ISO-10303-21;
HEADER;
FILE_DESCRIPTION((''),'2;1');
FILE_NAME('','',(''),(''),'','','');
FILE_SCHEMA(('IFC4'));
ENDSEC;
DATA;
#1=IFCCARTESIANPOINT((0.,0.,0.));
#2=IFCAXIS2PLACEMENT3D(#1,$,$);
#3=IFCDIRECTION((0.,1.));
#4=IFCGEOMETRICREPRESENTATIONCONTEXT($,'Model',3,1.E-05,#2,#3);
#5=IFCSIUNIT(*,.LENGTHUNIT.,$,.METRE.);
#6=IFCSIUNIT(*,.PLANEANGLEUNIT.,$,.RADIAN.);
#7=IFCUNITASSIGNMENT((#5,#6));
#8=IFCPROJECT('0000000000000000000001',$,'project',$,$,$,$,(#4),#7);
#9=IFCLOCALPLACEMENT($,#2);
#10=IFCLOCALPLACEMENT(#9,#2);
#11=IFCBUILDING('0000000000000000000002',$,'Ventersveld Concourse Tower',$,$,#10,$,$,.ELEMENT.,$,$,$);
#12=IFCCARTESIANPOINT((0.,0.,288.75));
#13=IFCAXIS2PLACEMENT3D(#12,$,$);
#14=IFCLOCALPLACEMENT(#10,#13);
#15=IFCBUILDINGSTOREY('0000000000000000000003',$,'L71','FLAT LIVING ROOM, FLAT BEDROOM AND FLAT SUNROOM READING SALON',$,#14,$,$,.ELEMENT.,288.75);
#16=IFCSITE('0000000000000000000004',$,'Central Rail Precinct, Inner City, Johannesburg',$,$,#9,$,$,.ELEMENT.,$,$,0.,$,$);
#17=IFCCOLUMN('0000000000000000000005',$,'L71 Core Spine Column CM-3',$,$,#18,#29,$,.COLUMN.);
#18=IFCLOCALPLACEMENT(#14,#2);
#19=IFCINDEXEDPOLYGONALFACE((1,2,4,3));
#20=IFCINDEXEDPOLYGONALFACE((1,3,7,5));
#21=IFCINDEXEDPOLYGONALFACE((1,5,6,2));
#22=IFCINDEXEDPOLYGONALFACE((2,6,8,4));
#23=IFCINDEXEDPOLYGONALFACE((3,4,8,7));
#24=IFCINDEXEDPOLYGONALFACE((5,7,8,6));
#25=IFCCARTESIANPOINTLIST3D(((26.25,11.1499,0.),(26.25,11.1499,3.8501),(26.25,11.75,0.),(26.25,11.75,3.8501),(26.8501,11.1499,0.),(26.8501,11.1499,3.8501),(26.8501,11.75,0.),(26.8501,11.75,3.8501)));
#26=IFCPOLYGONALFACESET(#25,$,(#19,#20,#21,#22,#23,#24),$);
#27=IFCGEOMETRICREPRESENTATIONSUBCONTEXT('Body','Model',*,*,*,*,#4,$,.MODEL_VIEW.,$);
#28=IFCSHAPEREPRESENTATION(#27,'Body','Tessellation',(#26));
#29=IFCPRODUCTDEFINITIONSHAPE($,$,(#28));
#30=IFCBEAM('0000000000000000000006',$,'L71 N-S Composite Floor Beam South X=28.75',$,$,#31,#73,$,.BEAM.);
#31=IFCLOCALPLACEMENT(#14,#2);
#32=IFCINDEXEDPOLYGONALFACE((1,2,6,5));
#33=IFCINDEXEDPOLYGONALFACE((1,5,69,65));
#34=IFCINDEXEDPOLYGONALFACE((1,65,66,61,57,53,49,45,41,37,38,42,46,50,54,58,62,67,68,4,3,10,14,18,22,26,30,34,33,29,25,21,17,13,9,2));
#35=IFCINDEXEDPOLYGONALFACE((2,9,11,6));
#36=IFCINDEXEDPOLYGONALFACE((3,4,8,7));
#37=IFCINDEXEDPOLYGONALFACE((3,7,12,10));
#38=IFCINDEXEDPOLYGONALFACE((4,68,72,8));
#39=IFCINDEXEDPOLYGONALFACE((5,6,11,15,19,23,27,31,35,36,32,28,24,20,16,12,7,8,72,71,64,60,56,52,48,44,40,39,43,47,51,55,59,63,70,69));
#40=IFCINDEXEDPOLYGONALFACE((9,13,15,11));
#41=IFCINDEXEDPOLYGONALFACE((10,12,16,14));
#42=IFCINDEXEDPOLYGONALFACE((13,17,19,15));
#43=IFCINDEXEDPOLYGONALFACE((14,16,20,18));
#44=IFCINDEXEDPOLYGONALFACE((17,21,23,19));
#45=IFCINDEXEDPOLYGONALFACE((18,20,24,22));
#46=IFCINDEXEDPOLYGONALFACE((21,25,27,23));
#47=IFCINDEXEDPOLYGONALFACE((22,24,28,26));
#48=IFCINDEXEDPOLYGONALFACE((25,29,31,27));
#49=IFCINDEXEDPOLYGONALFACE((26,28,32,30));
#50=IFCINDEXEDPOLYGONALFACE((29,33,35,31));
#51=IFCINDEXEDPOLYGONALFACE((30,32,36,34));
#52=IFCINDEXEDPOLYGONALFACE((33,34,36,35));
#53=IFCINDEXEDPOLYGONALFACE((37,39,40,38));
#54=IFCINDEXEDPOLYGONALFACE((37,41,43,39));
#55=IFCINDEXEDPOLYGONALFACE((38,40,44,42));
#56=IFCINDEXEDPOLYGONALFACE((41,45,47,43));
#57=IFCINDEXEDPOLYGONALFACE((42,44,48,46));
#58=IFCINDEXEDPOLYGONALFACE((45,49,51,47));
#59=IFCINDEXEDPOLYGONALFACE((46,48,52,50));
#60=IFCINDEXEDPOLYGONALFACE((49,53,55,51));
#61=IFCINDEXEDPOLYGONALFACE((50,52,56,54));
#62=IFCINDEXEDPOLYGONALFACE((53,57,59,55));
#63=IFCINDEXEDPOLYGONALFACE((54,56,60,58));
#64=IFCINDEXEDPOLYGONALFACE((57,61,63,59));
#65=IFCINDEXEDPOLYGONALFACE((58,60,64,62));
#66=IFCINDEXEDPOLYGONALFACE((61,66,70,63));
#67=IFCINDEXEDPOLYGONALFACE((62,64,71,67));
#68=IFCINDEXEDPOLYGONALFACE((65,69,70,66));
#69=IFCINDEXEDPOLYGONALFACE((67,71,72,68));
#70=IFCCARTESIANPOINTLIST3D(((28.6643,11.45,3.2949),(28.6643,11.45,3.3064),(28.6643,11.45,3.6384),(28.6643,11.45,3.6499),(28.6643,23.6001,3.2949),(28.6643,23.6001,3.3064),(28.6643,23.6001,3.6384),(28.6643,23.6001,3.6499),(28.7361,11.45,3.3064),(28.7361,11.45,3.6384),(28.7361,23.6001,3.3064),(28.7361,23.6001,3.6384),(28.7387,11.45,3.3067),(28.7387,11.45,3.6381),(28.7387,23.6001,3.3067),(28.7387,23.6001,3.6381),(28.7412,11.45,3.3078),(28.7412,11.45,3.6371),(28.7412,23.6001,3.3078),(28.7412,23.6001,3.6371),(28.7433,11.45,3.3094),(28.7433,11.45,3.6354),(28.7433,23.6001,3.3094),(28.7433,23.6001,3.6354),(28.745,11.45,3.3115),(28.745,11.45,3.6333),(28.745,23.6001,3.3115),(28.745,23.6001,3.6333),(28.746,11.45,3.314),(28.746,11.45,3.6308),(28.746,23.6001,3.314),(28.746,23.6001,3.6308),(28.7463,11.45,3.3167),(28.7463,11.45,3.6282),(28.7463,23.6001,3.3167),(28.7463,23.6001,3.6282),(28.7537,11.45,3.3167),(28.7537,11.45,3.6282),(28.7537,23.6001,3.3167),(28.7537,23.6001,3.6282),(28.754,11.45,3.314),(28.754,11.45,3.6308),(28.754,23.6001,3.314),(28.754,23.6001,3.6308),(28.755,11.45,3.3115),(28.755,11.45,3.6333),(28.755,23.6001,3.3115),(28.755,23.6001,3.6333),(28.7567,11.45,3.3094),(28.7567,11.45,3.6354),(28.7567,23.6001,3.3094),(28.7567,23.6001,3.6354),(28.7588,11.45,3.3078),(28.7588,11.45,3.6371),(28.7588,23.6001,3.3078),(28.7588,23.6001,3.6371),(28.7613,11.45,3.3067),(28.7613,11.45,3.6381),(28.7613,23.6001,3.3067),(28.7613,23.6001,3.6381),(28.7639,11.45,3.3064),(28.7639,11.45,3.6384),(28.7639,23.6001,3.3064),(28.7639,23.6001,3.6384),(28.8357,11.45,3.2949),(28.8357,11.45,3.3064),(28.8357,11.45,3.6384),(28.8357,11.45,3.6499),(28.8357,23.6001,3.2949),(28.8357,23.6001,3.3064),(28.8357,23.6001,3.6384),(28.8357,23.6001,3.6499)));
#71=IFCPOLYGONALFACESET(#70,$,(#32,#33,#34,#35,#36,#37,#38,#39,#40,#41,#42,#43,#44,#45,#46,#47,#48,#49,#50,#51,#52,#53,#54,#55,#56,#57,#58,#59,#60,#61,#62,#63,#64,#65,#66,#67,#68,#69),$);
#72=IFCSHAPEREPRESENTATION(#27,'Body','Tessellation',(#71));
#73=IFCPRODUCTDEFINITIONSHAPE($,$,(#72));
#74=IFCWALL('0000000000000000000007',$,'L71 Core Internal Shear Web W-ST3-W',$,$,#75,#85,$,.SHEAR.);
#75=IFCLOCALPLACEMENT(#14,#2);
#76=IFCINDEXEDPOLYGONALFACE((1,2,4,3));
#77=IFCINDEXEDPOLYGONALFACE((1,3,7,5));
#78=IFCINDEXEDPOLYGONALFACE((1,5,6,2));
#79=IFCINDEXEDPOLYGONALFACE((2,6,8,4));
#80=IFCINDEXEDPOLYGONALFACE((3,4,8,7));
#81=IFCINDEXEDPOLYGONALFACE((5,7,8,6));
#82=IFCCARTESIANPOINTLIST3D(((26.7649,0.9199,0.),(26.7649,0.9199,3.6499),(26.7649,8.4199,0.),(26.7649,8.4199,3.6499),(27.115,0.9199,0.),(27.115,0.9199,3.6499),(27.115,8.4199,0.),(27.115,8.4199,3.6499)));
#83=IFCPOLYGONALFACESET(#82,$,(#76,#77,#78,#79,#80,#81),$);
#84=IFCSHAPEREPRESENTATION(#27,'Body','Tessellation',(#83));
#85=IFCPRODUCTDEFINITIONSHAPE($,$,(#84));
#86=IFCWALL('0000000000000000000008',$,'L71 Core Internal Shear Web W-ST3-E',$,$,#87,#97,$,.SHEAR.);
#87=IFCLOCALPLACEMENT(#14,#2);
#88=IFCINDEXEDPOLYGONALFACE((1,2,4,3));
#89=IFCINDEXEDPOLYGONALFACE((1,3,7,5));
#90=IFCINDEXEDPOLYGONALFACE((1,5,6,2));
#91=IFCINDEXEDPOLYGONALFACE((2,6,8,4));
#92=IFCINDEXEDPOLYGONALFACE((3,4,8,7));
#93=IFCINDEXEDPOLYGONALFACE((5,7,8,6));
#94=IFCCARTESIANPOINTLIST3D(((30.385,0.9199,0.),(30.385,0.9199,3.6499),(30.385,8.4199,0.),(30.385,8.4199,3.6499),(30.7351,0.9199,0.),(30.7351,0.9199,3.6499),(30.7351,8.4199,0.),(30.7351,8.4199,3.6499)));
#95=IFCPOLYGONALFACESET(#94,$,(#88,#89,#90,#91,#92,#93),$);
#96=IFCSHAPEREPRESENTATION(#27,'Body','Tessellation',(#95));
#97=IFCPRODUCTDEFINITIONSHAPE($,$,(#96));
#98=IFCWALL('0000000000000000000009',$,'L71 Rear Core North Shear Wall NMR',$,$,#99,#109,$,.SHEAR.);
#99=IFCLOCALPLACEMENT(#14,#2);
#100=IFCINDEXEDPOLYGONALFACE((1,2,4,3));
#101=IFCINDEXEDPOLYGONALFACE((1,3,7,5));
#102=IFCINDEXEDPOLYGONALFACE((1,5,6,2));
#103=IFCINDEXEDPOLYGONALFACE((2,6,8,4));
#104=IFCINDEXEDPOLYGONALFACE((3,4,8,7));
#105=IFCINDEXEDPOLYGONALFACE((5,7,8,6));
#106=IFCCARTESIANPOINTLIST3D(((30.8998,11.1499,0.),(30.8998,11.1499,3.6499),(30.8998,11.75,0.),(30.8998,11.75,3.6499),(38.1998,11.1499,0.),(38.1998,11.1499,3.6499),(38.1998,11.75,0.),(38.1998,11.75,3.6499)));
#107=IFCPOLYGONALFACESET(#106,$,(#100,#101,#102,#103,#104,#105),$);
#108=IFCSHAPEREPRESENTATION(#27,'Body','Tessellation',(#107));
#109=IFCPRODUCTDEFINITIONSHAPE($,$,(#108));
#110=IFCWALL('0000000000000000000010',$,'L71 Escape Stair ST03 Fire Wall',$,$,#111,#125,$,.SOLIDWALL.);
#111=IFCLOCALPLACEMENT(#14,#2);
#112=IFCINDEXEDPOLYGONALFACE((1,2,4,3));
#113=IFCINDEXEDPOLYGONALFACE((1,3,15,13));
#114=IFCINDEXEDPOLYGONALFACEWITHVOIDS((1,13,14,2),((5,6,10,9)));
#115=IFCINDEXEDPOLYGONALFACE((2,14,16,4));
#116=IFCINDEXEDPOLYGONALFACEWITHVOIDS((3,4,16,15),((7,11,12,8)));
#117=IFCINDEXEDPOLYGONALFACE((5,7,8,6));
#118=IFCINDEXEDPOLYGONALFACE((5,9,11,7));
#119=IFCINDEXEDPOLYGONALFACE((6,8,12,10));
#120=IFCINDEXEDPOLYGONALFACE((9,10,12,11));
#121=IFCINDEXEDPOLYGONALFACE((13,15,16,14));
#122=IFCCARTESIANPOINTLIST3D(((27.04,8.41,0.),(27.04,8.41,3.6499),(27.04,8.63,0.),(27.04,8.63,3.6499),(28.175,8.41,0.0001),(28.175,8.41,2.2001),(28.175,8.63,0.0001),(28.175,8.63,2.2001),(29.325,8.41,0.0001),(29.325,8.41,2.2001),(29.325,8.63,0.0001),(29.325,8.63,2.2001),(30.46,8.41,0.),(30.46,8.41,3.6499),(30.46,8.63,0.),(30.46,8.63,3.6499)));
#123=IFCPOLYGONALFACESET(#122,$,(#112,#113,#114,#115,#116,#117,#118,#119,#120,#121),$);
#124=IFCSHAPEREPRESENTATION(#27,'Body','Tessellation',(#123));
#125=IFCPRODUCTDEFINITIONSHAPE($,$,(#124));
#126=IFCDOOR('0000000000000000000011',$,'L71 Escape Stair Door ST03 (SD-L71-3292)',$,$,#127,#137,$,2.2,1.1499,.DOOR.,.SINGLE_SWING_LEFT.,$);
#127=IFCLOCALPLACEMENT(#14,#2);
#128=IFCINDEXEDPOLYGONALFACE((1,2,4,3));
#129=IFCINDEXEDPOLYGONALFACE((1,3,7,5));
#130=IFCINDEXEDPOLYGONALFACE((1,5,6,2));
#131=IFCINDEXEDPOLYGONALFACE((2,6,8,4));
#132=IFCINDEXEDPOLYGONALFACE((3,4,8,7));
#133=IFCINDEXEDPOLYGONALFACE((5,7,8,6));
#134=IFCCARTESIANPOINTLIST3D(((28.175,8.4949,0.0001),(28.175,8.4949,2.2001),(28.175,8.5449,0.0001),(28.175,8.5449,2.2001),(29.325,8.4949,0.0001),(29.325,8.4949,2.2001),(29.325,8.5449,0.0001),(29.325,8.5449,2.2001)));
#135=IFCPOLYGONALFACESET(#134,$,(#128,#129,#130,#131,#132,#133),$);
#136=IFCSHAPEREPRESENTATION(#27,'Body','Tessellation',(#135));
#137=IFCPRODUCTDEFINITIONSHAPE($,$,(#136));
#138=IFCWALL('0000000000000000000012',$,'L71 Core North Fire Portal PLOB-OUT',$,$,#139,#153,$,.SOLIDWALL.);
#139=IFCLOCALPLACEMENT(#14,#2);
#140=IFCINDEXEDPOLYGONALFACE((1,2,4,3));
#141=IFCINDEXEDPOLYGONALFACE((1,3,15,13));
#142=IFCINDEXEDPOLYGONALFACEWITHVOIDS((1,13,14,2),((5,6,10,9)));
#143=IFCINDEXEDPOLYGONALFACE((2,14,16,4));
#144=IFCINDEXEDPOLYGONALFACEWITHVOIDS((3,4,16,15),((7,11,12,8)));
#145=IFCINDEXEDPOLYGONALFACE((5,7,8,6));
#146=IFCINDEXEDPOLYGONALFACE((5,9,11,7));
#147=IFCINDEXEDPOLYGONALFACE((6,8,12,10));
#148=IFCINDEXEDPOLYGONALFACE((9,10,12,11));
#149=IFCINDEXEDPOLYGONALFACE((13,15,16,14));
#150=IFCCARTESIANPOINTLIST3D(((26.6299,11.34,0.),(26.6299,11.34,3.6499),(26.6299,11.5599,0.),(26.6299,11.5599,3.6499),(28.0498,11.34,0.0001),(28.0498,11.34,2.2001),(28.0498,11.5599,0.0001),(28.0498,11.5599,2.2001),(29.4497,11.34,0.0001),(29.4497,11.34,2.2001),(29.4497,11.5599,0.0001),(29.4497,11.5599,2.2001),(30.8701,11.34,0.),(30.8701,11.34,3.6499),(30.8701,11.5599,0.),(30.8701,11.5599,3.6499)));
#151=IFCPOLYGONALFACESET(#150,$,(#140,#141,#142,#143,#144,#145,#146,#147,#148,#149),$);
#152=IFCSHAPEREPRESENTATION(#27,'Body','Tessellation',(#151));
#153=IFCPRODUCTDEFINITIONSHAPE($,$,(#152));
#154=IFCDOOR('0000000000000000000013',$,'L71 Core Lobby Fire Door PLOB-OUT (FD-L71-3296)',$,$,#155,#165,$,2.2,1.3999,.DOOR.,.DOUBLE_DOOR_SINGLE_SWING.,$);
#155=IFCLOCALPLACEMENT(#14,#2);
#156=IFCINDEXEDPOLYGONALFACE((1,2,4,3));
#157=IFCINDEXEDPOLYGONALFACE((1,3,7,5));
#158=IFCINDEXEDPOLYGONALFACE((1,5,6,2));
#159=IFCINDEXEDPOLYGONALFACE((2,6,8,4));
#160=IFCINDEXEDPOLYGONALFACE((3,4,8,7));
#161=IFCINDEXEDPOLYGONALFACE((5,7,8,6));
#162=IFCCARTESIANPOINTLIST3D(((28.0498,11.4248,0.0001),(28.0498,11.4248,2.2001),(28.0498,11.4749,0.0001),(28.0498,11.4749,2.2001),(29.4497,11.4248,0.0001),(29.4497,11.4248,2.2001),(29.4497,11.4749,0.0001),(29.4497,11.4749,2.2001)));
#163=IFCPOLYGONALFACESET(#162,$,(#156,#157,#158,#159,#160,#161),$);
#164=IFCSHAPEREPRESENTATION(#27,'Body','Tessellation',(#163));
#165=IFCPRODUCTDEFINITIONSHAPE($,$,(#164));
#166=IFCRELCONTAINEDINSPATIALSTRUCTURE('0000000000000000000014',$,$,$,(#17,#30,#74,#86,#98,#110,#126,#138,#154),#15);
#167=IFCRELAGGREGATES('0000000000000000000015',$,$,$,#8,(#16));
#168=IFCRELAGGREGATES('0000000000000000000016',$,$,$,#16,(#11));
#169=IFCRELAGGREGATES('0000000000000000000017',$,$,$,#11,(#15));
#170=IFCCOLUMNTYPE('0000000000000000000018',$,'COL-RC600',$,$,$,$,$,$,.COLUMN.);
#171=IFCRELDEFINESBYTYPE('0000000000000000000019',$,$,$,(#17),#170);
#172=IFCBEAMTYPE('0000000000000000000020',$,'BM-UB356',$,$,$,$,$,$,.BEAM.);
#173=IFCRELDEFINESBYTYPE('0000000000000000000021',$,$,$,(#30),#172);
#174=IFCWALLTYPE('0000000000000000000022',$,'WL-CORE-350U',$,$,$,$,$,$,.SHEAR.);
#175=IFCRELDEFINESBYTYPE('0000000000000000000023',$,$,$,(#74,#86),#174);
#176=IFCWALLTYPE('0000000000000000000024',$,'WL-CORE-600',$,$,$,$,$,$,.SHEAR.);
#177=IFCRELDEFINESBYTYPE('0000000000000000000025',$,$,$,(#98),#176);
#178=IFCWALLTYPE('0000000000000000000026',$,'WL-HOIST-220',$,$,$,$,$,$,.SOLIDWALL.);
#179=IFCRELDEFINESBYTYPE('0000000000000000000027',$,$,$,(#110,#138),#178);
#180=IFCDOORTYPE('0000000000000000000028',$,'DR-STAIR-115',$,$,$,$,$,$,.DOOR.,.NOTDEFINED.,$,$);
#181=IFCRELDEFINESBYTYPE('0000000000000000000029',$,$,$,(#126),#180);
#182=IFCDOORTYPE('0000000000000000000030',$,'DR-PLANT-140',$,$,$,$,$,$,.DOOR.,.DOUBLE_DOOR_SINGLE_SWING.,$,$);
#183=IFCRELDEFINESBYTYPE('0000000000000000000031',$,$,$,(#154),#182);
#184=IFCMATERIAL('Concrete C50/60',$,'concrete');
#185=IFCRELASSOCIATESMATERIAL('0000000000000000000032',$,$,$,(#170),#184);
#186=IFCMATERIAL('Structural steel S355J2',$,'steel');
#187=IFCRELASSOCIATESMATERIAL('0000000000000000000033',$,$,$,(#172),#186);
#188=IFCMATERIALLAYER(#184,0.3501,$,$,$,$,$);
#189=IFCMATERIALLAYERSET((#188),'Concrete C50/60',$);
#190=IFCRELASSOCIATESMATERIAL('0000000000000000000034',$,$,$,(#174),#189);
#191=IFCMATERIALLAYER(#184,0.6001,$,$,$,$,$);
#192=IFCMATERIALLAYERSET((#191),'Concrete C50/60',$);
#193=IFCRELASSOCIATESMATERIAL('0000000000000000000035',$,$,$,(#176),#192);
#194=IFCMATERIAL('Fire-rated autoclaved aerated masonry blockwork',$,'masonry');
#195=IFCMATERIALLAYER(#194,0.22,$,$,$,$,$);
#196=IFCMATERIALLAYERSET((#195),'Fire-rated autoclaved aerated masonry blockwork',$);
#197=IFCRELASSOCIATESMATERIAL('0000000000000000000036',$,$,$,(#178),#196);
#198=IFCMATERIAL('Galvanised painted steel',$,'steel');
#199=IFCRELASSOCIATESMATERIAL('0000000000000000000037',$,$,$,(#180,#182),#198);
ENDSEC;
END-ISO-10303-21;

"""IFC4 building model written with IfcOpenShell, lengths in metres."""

from ifc_helpers import new_model, si_unit, direction, frame, frame_2d, origin, origin_2d, place, context, subcontext, project, spatial, rectangle, i_section, extrude, material, layer, layer_set, material_profile, profile_set, type_object, element, fill, save


model = new_model("IFC4")

# Units and contexts
model_context = context("Model", 3, precision=1e-05, world=origin(), true_north=direction((0.0, 1.0)))
body_context = subcontext(model_context, "Body", "Model", "MODEL_VIEW")
ifc_project = project(units=[si_unit("LENGTHUNIT", "METRE"), si_unit("PLANEANGLEUNIT", "RADIAN")], contexts=[model_context])

# Site, building, storey
site_placement = place(None, origin())
site = spatial("IfcSite", under=ifc_project, at=site_placement, Name="Central Rail Precinct, Inner City, Johannesburg", CompositionType="ELEMENT", RefElevation=0.0)
building_placement = place(site_placement, origin())
building = spatial("IfcBuilding", under=site, at=building_placement, Name="Ventersveld Concourse Tower", CompositionType="ELEMENT")
storey_placement = place(building_placement, frame((0.0, 0.0, 288.75)))
storey = spatial("IfcBuildingStorey", under=building, at=storey_placement, Name="L71", Description="FLAT LIVING ROOM, FLAT BEDROOM AND FLAT SUNROOM READING SALON", CompositionType="ELEMENT", Elevation=288.75)

# Column
ifc_material_1 = material(Name="Concrete C50/60", Category="concrete")
ifc_material_profile_1 = material_profile(ifc_material_1, rectangle(XDim=0.6001, YDim=0.6001, at=origin_2d()), Name="RC 600x600")
ifc_profile_set_1 = profile_set([ifc_material_profile_1], Name="Concrete C50/60")
column_type = type_object("IfcColumnType", Name="COL-RC600", PredefinedType="COLUMN", material=ifc_profile_set_1)
column_placement = place(storey_placement, frame((26.55, 11.45, 0.0), z_axis=(0.0, 0.0, 1.0), x_axis=(1.0, 0.0, 0.0)))
element("IfcColumn", 1, at=column_placement, inside=storey, type_object=column_type, Name="L71 Core Spine Column CM-3", PredefinedType="COLUMN", context=body_context, shape_type="SweptSolid", body=[
    extrude(rectangle(XDim=0.6001, YDim=0.6001, at=origin_2d()), origin(), (0.0, 0.0, 1.0), 3.8501),
])

# Beam
ifc_material_2 = material(Name="Structural steel S355J2", Category="steel")
ifc_material_profile_2 = material_profile(ifc_material_2, i_section(OverallWidth=0.1714, OverallDepth=0.355, WebThickness=0.0073, FlangeThickness=0.0115, FilletRadius=0.0103, at=origin_2d()), Name="UB 356x171x51")
ifc_profile_set_2 = profile_set([ifc_material_profile_2], Name="Structural steel S355J2")
beam_type = type_object("IfcBeamType", Name="BM-UB356", PredefinedType="BEAM", material=ifc_profile_set_2)
beam_placement = place(storey_placement, frame((28.75, 11.45, 3.4724), z_axis=(0.0, 1.0, 0.0), x_axis=(-1.0, 0.0, 0.0)))
element("IfcBeam", 2, at=beam_placement, inside=storey, type_object=beam_type, Name="L71 N-S Composite Floor Beam South X=28.75", PredefinedType="BEAM", context=body_context, shape_type="SweptSolid", body=[
    extrude(i_section(OverallWidth=0.1714, OverallDepth=0.355, WebThickness=0.0073, FlangeThickness=0.0115, FilletRadius=0.0103, at=origin_2d()), origin(), (0.0, 0.0, 1.0), 12.1501),
])

# Walls
ifc_layer_1 = layer(ifc_material_1, 0.3501)
ifc_layer_set_1 = layer_set([ifc_layer_1], Name="Concrete C50/60")
wall_type_1 = type_object("IfcWallType", Name="WL-CORE-350U", PredefinedType="SHEAR", material=ifc_layer_set_1)
for number, where, z_axis, x_axis, name in (
    (3, (26.9399, 0.9199, 0.0), (0.0, 0.0, 1.0), (0.0, 1.0, 0.0), "L71 Core Internal Shear Web W-ST3-W"),
    (4, (30.5601, 0.9199, 0.0), (0.0, 0.0, 1.0), (0.0, 1.0, 0.0), "L71 Core Internal Shear Web W-ST3-E"),
):
    element("IfcWall", number, at=place(storey_placement, frame(where, z_axis=z_axis, x_axis=x_axis)), inside=storey, type_object=wall_type_1, Name=name, PredefinedType="SHEAR", context=body_context, shape_type="SweptSolid", body=[
        extrude(rectangle(XDim=7.5, YDim=0.3501, at=frame_2d((3.75, 0.0))), origin(), (0.0, 0.0, 1.0), 3.6499),
    ])
ifc_layer_2 = layer(ifc_material_1, 0.6001)
ifc_layer_set_2 = layer_set([ifc_layer_2], Name="Concrete C50/60")
wall_type_2 = type_object("IfcWallType", Name="WL-CORE-600", PredefinedType="SHEAR", material=ifc_layer_set_2)
wall_1_placement = place(storey_placement, frame((30.8999, 11.45, 0.0), z_axis=(0.0, 0.0, 1.0), x_axis=(1.0, 0.0, 0.0)))
element("IfcWall", 5, at=wall_1_placement, inside=storey, type_object=wall_type_2, Name="L71 Rear Core North Shear Wall NMR", PredefinedType="SHEAR", context=body_context, shape_type="SweptSolid", body=[
    extrude(rectangle(XDim=7.3, YDim=0.6001, at=frame_2d((3.6499, 0.0))), origin(), (0.0, 0.0, 1.0), 3.6499),
])

# Walls, openings, doors
ifc_material_3 = material(Name="Fire-rated autoclaved aerated masonry blockwork", Category="masonry")
ifc_layer_3 = layer(ifc_material_3, 0.22)
ifc_layer_set_3 = layer_set([ifc_layer_3], Name="Fire-rated autoclaved aerated masonry blockwork")
wall_type_3 = type_object("IfcWallType", Name="WL-HOIST-220", PredefinedType="SOLIDWALL", material=ifc_layer_set_3)
wall_2_placement = place(storey_placement, frame((27.04, 8.52, 0.0), z_axis=(0.0, 0.0, 1.0), x_axis=(1.0, 0.0, 0.0)))
wall_2 = element("IfcWall", 6, at=wall_2_placement, inside=storey, type_object=wall_type_3, Name="L71 Escape Stair ST03 Fire Wall", PredefinedType="SOLIDWALL", context=body_context, shape_type="SweptSolid", body=[
    extrude(rectangle(XDim=3.4199, YDim=0.22, at=frame_2d((1.71, 0.0))), origin(), (0.0, 0.0, 1.0), 3.6499),
])
opening_1_placement = place(wall_2_placement, frame((1.135, 0.0, 0.0)))
opening_1 = element("IfcOpeningElement", 7, at=opening_1_placement, cuts=wall_2, PredefinedType="OPENING", context=body_context, shape_type="SweptSolid", body=[
    extrude(rectangle(XDim=1.1499, YDim=2.2, at=frame_2d((0.575, 1.1001))), frame((0.0, 0.1201, 0.0), z_axis=(0.0, -1.0, 0.0), x_axis=(1.0, 0.0, 0.0)), (0.0, 0.0, 1.0), 0.24),
])
ifc_material_4 = material(Name="Galvanised painted steel", Category="steel")
door_type_1 = type_object("IfcDoorType", Name="DR-STAIR-115", OperationType="NOTDEFINED", PredefinedType="DOOR", material=ifc_material_4)
door_1_placement = place(opening_1_placement, origin())
door_1 = element("IfcDoor", 8, at=door_1_placement, inside=storey, type_object=door_type_1, Name="L71 Escape Stair Door ST03 (SD-L71-3292)", OperationType="SINGLE_SWING_LEFT", OverallHeight=2.2, OverallWidth=1.1499, PredefinedType="DOOR", context=body_context, shape_type="SweptSolid", body=[
    extrude(rectangle(XDim=1.1499, YDim=2.2, at=frame_2d((0.575, 1.1001))), frame((0.0, 0.0249, 0.0), z_axis=(0.0, -1.0, 0.0), x_axis=(1.0, 0.0, 0.0)), (0.0, 0.0, 1.0), 0.05),
])
fill(opening_1, door_1)
wall_3_placement = place(storey_placement, frame((26.6299, 11.45, 0.0), z_axis=(0.0, 0.0, 1.0), x_axis=(1.0, 0.0, 0.0)))
wall_3 = element("IfcWall", 9, at=wall_3_placement, inside=storey, type_object=wall_type_3, Name="L71 Core North Fire Portal PLOB-OUT", PredefinedType="SOLIDWALL", context=body_context, shape_type="SweptSolid", body=[
    extrude(rectangle(XDim=4.2402, YDim=0.22, at=frame_2d((2.1201, 0.0))), origin(), (0.0, 0.0, 1.0), 3.6499),
])
opening_2_placement = place(wall_3_placement, frame((1.4199, 0.0, 0.0)))
opening_2 = element("IfcOpeningElement", 10, at=opening_2_placement, cuts=wall_3, PredefinedType="OPENING", context=body_context, shape_type="SweptSolid", body=[
    extrude(rectangle(XDim=1.3999, YDim=2.2, at=frame_2d((0.7, 1.1001))), frame((0.0, 0.1201, 0.0), z_axis=(0.0, -1.0, 0.0), x_axis=(1.0, 0.0, 0.0)), (0.0, 0.0, 1.0), 0.24),
])
door_type_2 = type_object("IfcDoorType", Name="DR-PLANT-140", OperationType="DOUBLE_DOOR_SINGLE_SWING", PredefinedType="DOOR", material=ifc_material_4)
door_2_placement = place(opening_2_placement, origin())
door_2 = element("IfcDoor", 11, at=door_2_placement, inside=storey, type_object=door_type_2, Name="L71 Core Lobby Fire Door PLOB-OUT (FD-L71-3296)", OperationType="DOUBLE_DOOR_SINGLE_SWING", OverallHeight=2.2, OverallWidth=1.3999, PredefinedType="DOOR", context=body_context, shape_type="SweptSolid", body=[
    extrude(rectangle(XDim=1.3999, YDim=2.2, at=frame_2d((0.7, 1.1001))), frame((0.0, 0.0249, 0.0), z_axis=(0.0, -1.0, 0.0), x_axis=(1.0, 0.0, 0.0)), (0.0, 0.0, 1.0), 0.05),
])
fill(opening_2, door_2)

save(model, "model.ifc")
